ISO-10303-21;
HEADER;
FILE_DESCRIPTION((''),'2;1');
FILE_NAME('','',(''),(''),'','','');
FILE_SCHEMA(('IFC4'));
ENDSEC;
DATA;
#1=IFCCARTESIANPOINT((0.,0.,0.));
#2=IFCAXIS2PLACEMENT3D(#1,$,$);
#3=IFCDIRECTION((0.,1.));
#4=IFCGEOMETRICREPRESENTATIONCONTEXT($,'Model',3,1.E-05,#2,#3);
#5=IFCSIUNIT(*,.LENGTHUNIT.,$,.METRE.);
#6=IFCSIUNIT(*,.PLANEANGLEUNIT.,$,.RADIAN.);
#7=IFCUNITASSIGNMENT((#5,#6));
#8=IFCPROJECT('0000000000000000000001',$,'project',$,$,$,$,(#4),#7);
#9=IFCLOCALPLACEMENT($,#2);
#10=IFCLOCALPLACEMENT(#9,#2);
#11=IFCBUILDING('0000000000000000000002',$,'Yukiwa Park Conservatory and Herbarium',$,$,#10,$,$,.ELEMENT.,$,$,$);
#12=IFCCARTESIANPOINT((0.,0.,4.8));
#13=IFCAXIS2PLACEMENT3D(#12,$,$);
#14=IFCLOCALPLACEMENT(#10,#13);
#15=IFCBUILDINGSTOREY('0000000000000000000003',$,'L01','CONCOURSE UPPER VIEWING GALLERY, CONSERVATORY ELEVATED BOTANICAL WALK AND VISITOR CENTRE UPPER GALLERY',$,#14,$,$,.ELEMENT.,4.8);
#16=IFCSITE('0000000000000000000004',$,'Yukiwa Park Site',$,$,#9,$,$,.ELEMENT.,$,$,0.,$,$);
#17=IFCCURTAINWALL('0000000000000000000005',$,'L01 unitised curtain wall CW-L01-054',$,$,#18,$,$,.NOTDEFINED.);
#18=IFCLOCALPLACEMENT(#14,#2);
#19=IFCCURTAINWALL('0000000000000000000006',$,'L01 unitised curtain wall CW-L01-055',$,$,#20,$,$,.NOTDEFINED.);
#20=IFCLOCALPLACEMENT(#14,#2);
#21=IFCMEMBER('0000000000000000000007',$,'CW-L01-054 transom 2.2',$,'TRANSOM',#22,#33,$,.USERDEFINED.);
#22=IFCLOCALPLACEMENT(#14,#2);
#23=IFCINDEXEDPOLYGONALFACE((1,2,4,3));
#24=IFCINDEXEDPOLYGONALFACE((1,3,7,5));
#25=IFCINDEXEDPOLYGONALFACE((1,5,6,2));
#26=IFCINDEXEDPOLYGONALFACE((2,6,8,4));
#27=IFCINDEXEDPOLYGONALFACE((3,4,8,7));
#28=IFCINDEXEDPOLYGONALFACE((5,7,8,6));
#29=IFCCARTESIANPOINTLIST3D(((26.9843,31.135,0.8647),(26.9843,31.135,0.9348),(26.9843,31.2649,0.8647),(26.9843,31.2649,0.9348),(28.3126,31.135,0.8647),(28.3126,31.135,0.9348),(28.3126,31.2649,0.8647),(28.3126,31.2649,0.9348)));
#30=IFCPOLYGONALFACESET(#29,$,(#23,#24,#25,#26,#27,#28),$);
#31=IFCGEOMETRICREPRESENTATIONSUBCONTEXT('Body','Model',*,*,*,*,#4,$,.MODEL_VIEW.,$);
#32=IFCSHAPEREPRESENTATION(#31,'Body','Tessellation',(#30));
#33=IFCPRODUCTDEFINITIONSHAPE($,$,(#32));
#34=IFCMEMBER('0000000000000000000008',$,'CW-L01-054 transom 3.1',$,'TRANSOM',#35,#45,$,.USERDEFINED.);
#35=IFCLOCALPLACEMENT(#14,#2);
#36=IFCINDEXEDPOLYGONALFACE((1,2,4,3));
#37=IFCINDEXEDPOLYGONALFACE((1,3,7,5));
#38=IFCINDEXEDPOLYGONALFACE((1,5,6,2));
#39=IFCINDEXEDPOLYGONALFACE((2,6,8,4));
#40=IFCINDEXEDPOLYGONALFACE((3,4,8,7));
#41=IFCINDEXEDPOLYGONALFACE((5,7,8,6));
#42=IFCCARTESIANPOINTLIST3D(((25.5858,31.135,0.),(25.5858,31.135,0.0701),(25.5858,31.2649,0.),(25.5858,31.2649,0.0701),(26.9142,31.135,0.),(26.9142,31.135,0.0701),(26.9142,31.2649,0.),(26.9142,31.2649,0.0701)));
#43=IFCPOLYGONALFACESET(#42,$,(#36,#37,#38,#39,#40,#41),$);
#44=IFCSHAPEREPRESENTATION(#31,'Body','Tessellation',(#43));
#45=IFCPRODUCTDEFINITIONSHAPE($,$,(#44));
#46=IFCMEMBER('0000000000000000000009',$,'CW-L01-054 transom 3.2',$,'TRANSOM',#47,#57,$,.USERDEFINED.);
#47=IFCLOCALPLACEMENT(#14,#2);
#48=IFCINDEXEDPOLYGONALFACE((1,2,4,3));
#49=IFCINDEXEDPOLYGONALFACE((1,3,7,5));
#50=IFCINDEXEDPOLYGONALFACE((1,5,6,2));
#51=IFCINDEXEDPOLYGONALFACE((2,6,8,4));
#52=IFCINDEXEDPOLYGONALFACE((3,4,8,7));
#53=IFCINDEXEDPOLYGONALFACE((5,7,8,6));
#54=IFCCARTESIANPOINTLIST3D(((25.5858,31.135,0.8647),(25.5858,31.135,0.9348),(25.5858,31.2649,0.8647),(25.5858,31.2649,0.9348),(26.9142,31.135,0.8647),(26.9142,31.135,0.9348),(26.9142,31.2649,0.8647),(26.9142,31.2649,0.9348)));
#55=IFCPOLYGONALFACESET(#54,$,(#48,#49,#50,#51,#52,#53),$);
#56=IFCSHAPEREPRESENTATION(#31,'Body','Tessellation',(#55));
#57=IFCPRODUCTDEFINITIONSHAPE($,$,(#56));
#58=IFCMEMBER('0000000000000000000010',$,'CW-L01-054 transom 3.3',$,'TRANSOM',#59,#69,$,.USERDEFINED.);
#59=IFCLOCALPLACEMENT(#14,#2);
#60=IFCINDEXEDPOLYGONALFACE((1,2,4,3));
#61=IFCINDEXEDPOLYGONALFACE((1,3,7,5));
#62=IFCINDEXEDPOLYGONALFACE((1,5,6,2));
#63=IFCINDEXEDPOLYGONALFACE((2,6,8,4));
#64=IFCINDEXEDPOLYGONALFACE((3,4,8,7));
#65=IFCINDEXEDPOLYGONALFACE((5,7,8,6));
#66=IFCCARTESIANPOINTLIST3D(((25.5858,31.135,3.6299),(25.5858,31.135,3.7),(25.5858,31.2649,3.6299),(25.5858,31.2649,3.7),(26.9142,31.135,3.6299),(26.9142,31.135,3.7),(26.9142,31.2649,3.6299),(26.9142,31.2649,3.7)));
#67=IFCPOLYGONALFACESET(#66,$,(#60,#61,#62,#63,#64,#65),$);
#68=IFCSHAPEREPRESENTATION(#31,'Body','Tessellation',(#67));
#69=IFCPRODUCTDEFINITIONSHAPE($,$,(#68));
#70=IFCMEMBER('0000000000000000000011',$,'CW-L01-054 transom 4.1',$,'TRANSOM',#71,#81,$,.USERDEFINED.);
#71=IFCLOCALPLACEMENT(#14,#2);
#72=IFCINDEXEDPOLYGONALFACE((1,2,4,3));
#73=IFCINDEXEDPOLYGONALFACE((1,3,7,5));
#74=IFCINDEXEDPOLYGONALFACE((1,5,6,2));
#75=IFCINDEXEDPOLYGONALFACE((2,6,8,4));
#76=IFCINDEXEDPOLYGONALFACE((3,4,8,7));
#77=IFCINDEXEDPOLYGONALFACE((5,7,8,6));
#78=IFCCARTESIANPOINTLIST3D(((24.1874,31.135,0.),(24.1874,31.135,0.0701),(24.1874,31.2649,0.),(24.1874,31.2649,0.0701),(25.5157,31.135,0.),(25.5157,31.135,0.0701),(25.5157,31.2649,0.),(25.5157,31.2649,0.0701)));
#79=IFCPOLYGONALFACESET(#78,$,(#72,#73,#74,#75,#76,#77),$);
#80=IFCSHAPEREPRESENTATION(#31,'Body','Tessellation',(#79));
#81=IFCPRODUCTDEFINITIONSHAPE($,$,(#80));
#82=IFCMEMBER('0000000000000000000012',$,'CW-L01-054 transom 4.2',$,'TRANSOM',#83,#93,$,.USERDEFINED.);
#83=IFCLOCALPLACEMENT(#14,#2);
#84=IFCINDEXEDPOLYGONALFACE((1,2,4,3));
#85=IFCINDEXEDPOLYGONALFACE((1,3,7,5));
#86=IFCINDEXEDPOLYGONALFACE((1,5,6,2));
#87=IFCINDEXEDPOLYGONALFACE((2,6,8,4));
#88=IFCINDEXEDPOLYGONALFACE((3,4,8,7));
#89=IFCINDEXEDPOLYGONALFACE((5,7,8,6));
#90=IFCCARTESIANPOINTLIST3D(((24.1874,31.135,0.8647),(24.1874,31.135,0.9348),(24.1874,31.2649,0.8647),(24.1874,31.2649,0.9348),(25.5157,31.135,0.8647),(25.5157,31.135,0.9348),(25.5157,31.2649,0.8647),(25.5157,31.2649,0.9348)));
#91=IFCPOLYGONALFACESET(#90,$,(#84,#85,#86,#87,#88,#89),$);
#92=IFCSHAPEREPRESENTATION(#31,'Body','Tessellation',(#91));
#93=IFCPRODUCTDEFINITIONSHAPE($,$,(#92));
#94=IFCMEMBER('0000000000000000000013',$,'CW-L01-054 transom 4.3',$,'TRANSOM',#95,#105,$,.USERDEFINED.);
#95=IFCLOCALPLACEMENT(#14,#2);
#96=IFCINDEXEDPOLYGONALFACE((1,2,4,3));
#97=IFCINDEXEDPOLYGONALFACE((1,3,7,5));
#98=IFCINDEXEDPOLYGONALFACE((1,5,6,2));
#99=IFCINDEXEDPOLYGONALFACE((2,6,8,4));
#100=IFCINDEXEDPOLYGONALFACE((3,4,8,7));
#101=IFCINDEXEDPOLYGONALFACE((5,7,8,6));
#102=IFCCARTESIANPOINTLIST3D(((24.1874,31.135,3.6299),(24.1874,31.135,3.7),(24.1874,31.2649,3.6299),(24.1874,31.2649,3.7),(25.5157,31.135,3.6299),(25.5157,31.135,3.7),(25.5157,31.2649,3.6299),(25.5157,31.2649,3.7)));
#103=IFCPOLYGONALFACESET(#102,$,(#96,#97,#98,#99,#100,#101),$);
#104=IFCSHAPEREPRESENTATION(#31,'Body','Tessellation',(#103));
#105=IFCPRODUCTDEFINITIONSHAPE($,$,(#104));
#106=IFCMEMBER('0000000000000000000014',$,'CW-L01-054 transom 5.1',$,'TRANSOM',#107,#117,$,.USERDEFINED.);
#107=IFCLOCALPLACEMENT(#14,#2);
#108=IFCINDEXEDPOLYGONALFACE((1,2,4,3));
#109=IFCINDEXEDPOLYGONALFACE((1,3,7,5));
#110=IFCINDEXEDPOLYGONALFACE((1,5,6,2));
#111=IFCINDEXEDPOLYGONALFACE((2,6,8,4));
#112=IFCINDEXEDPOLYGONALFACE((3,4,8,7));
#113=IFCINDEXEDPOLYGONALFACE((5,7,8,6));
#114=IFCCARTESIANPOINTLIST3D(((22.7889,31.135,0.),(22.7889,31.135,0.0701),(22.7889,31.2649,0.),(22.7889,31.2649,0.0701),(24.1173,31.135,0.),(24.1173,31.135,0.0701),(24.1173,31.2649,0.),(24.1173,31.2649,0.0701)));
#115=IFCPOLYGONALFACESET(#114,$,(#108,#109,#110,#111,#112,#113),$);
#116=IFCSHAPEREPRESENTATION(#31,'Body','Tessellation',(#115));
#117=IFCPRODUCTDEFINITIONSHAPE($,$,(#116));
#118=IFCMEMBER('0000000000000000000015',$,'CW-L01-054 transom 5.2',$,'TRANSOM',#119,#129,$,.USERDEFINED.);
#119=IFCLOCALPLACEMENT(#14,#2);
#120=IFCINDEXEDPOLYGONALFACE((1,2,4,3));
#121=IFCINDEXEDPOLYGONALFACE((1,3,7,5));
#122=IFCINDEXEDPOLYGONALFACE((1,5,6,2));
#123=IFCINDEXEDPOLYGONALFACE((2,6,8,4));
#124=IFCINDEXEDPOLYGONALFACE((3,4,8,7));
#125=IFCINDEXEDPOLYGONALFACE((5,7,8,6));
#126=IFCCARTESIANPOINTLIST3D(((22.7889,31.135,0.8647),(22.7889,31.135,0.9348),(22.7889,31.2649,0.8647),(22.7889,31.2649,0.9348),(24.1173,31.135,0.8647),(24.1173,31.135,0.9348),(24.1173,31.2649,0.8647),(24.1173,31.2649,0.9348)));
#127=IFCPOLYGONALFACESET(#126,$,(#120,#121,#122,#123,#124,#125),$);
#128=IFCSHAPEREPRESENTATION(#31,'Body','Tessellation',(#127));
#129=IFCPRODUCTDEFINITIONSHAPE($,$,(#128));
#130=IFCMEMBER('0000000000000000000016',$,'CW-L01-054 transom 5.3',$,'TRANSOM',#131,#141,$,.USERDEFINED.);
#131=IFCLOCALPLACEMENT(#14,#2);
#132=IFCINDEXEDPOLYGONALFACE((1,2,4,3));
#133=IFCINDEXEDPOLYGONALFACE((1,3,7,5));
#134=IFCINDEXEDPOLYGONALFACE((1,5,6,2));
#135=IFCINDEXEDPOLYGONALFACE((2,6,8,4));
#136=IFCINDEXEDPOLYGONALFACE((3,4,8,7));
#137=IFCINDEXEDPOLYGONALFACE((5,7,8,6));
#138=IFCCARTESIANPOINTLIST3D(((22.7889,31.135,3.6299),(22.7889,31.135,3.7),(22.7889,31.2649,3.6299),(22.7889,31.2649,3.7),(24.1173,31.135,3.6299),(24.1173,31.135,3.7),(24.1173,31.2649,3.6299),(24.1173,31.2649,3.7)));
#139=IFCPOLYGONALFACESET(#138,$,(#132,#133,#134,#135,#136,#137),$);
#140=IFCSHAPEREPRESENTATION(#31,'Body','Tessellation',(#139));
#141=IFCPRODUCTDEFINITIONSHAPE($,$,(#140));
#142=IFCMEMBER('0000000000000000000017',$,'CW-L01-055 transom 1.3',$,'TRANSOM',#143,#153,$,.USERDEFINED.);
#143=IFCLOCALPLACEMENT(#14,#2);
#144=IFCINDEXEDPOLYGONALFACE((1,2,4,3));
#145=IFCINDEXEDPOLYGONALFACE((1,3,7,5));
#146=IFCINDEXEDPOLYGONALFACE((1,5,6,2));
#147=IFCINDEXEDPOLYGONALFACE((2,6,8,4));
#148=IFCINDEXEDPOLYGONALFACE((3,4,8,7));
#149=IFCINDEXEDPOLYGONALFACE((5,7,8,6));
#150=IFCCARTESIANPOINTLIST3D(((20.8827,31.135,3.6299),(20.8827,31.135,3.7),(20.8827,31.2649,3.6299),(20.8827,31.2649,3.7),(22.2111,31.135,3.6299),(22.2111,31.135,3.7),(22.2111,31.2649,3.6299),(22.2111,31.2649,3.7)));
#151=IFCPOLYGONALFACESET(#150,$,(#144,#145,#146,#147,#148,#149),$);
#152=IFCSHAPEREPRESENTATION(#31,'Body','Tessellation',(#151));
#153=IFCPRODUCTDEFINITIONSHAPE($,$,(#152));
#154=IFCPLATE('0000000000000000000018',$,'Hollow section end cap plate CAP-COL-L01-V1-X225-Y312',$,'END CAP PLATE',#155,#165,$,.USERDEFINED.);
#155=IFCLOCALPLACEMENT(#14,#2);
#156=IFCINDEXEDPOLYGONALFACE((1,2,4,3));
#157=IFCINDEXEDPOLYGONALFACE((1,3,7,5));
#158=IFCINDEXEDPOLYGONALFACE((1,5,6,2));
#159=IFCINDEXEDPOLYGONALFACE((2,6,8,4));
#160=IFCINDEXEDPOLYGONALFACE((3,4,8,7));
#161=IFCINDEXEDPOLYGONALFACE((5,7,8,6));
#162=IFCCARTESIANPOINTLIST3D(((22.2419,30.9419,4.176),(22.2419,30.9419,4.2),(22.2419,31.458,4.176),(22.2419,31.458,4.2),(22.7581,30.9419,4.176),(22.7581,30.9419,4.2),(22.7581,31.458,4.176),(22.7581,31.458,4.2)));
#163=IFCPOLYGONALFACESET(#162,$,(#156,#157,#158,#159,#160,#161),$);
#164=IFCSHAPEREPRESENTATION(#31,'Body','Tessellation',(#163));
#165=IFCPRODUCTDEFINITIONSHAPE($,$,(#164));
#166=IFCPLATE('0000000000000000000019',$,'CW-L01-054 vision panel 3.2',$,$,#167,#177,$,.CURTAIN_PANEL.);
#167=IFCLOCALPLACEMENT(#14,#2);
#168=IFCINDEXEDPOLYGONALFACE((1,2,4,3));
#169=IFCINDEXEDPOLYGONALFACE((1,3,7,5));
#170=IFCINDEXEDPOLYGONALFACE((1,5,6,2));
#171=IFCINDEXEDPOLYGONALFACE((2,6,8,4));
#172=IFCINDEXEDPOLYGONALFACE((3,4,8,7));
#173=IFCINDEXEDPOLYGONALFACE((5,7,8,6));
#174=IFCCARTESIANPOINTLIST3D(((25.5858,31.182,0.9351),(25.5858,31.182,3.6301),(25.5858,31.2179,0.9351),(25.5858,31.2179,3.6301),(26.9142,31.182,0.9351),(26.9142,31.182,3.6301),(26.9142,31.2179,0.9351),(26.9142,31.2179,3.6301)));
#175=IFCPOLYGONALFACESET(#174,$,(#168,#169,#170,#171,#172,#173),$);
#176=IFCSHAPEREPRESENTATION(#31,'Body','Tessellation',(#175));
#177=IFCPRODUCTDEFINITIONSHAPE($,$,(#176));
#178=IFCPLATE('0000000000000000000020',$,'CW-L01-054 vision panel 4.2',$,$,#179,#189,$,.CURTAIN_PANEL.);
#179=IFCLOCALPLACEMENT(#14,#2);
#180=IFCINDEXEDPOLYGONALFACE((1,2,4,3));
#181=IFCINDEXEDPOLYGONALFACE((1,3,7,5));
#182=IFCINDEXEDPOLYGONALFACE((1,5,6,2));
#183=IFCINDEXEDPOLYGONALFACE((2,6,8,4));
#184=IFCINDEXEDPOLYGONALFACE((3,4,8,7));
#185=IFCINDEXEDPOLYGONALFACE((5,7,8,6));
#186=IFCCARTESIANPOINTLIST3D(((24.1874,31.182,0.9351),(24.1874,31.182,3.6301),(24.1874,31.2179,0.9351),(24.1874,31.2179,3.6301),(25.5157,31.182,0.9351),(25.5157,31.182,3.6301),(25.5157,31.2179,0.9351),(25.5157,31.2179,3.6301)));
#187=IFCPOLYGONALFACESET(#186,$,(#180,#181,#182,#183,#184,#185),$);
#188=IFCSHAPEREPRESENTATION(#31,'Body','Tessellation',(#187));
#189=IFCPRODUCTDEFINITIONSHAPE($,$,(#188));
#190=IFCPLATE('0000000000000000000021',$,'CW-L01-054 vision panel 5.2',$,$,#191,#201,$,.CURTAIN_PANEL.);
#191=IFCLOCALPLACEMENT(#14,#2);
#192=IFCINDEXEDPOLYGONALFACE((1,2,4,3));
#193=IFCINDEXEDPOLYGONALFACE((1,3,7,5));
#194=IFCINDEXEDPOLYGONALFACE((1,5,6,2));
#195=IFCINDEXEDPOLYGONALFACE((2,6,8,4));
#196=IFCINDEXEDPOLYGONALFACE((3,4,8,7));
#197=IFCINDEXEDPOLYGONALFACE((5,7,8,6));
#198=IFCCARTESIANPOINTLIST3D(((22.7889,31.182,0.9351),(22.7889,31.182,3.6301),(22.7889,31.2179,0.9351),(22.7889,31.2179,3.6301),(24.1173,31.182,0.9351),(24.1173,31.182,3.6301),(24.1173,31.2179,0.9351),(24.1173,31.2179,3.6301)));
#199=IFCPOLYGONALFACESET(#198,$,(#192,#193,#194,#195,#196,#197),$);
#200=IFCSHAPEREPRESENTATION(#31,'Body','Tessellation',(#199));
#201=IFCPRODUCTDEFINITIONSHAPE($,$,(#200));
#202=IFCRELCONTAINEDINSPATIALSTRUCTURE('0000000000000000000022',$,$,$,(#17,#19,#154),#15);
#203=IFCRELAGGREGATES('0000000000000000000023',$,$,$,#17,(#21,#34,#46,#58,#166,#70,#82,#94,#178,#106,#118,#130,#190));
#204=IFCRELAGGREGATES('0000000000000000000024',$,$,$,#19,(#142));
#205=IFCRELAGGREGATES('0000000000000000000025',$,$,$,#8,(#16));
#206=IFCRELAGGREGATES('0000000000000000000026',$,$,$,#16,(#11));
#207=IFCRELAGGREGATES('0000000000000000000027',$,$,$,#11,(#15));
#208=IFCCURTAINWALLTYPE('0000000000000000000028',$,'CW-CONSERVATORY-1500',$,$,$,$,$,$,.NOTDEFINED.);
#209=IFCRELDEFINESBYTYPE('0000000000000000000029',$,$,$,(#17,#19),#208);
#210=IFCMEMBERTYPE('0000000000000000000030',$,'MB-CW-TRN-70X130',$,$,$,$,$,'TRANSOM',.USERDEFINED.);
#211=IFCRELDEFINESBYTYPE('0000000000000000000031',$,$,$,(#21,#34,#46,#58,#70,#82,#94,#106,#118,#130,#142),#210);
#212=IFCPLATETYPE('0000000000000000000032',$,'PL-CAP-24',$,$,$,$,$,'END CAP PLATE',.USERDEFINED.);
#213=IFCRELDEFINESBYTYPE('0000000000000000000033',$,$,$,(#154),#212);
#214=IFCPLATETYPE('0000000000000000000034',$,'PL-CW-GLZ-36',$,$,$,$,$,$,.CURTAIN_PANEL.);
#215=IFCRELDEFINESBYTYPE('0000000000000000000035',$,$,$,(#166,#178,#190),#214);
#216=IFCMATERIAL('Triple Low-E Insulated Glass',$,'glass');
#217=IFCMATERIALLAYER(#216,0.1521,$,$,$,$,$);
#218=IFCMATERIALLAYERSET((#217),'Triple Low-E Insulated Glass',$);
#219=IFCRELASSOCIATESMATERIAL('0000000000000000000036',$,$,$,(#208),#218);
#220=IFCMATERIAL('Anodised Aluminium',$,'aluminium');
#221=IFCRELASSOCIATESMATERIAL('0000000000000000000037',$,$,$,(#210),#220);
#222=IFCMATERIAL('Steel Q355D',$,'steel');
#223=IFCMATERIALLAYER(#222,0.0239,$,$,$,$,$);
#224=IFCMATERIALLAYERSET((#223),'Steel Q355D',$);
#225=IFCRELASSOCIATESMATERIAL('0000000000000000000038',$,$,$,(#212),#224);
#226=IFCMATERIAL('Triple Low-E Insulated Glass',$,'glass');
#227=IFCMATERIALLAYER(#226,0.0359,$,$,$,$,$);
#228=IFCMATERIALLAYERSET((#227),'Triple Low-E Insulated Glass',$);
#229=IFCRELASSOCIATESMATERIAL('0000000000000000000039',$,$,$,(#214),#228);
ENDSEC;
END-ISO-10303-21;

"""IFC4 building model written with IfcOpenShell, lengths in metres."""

from ifc_helpers import new_model, si_unit, direction, frame, origin, origin_2d, place, context, subcontext, project, spatial, rectangle, extrude, material, layer, layer_set, type_object, element, aggregate, save


model = new_model("IFC4")

# Units and contexts
model_context = context("Model", 3, precision=1e-05, world=origin(), true_north=direction((0.0, 1.0)))
body_context = subcontext(model_context, "Body", "Model", "MODEL_VIEW")
ifc_project = project(units=[si_unit("LENGTHUNIT", "METRE"), si_unit("PLANEANGLEUNIT", "RADIAN")], contexts=[model_context])

# Site, building, storey
site_placement = place(None, origin())
site = spatial("IfcSite", under=ifc_project, at=site_placement, Name="Yukiwa Park Site", CompositionType="ELEMENT", RefElevation=0.0)
building_placement = place(site_placement, origin())
building = spatial("IfcBuilding", under=site, at=building_placement, Name="Yukiwa Park Conservatory and Herbarium", CompositionType="ELEMENT")
storey_placement = place(building_placement, frame((0.0, 0.0, 4.8)))
storey = spatial("IfcBuildingStorey", under=building, at=storey_placement, Name="L01", Description="CONCOURSE UPPER VIEWING GALLERY, CONSERVATORY ELEVATED BOTANICAL WALK AND VISITOR CENTRE UPPER GALLERY", CompositionType="ELEMENT", Elevation=4.8)

# Curtain wall
ifc_material_1 = material(Name="Triple Low-E Insulated Glass", Category="glass")
ifc_layer_1 = layer(ifc_material_1, 0.1521)
ifc_layer_set_1 = layer_set([ifc_layer_1], Name="Triple Low-E Insulated Glass")
curtain_wall_type = type_object("IfcCurtainWallType", Name="CW-CONSERVATORY-1500", PredefinedType="NOTDEFINED", material=ifc_layer_set_1)
curtain_wall_1_placement = place(storey_placement, origin())
curtain_wall_1 = element("IfcCurtainWall", 1, at=curtain_wall_1_placement, inside=storey, type_object=curtain_wall_type, Name="L01 unitised curtain wall CW-L01-054", PredefinedType="NOTDEFINED")

# Curtain wall
curtain_wall_2_placement = place(storey_placement, origin())
curtain_wall_2 = element("IfcCurtainWall", 2, at=curtain_wall_2_placement, inside=storey, type_object=curtain_wall_type, Name="L01 unitised curtain wall CW-L01-055", PredefinedType="NOTDEFINED")

# Members
ifc_material_2 = material(Name="Anodised Aluminium", Category="aluminium")
member_type_1 = type_object("IfcMemberType", Name="MB-CW-TRN-70X130", ElementType="TRANSOM", PredefinedType="USERDEFINED", material=ifc_material_2)
member_1_placement = place(storey_placement, frame((27.6484, 31.2, 0.8647), z_axis=(0.0, 0.0, 1.0), x_axis=(-1.0, 0.0, 0.0)))
member_1 = element("IfcMember", 3, at=member_1_placement, type_object=member_type_1, Name="CW-L01-054 transom 2.2", ObjectType="TRANSOM", PredefinedType="USERDEFINED", context=body_context, shape_type="SweptSolid", body=[
    extrude(rectangle(XDim=1.3284, YDim=0.1299, at=origin_2d()), origin(), (0.0, 0.0, 1.0), 0.0701),
])
member_2_placement = place(storey_placement, frame((26.25, 31.2, 0.0), z_axis=(0.0, 0.0, 1.0), x_axis=(-1.0, 0.0, 0.0)))
member_2 = element("IfcMember", 4, at=member_2_placement, type_object=member_type_1, Name="CW-L01-054 transom 3.1", ObjectType="TRANSOM", PredefinedType="USERDEFINED", context=body_context, shape_type="SweptSolid", body=[
    extrude(rectangle(XDim=1.3284, YDim=0.1299, at=origin_2d()), origin(), (0.0, 0.0, 1.0), 0.0701),
])
member_3_placement = place(storey_placement, frame((26.25, 31.2, 0.8647), z_axis=(0.0, 0.0, 1.0), x_axis=(-1.0, 0.0, 0.0)))
member_3 = element("IfcMember", 5, at=member_3_placement, type_object=member_type_1, Name="CW-L01-054 transom 3.2", ObjectType="TRANSOM", PredefinedType="USERDEFINED", context=body_context, shape_type="SweptSolid", body=[
    extrude(rectangle(XDim=1.3284, YDim=0.1299, at=origin_2d()), origin(), (0.0, 0.0, 1.0), 0.0701),
])
member_4_placement = place(storey_placement, frame((26.25, 31.2, 3.6299), z_axis=(0.0, 0.0, 1.0), x_axis=(-1.0, 0.0, 0.0)))
member_4 = element("IfcMember", 6, at=member_4_placement, type_object=member_type_1, Name="CW-L01-054 transom 3.3", ObjectType="TRANSOM", PredefinedType="USERDEFINED", context=body_context, shape_type="SweptSolid", body=[
    extrude(rectangle(XDim=1.3284, YDim=0.1299, at=origin_2d()), origin(), (0.0, 0.0, 1.0), 0.0701),
])
member_5_placement = place(storey_placement, frame((24.8516, 31.2, 0.0), z_axis=(0.0, 0.0, 1.0), x_axis=(-1.0, 0.0, 0.0)))
member_5 = element("IfcMember", 7, at=member_5_placement, type_object=member_type_1, Name="CW-L01-054 transom 4.1", ObjectType="TRANSOM", PredefinedType="USERDEFINED", context=body_context, shape_type="SweptSolid", body=[
    extrude(rectangle(XDim=1.3284, YDim=0.1299, at=origin_2d()), origin(), (0.0, 0.0, 1.0), 0.0701),
])
member_6_placement = place(storey_placement, frame((24.8516, 31.2, 0.8647), z_axis=(0.0, 0.0, 1.0), x_axis=(-1.0, 0.0, 0.0)))
member_6 = element("IfcMember", 8, at=member_6_placement, type_object=member_type_1, Name="CW-L01-054 transom 4.2", ObjectType="TRANSOM", PredefinedType="USERDEFINED", context=body_context, shape_type="SweptSolid", body=[
    extrude(rectangle(XDim=1.3284, YDim=0.1299, at=origin_2d()), origin(), (0.0, 0.0, 1.0), 0.0701),
])
member_7_placement = place(storey_placement, frame((24.8516, 31.2, 3.6299), z_axis=(0.0, 0.0, 1.0), x_axis=(-1.0, 0.0, 0.0)))
member_7 = element("IfcMember", 9, at=member_7_placement, type_object=member_type_1, Name="CW-L01-054 transom 4.3", ObjectType="TRANSOM", PredefinedType="USERDEFINED", context=body_context, shape_type="SweptSolid", body=[
    extrude(rectangle(XDim=1.3284, YDim=0.1299, at=origin_2d()), origin(), (0.0, 0.0, 1.0), 0.0701),
])
member_8_placement = place(storey_placement, frame((23.4531, 31.2, 0.0), z_axis=(0.0, 0.0, 1.0), x_axis=(-1.0, 0.0, 0.0)))
member_8 = element("IfcMember", 10, at=member_8_placement, type_object=member_type_1, Name="CW-L01-054 transom 5.1", ObjectType="TRANSOM", PredefinedType="USERDEFINED", context=body_context, shape_type="SweptSolid", body=[
    extrude(rectangle(XDim=1.3284, YDim=0.1299, at=origin_2d()), origin(), (0.0, 0.0, 1.0), 0.0701),
])
member_9_placement = place(storey_placement, frame((23.4531, 31.2, 0.8647), z_axis=(0.0, 0.0, 1.0), x_axis=(-1.0, 0.0, 0.0)))
member_9 = element("IfcMember", 11, at=member_9_placement, type_object=member_type_1, Name="CW-L01-054 transom 5.2", ObjectType="TRANSOM", PredefinedType="USERDEFINED", context=body_context, shape_type="SweptSolid", body=[
    extrude(rectangle(XDim=1.3284, YDim=0.1299, at=origin_2d()), origin(), (0.0, 0.0, 1.0), 0.0701),
])
member_10_placement = place(storey_placement, frame((23.4531, 31.2, 3.6299), z_axis=(0.0, 0.0, 1.0), x_axis=(-1.0, 0.0, 0.0)))
member_10 = element("IfcMember", 12, at=member_10_placement, type_object=member_type_1, Name="CW-L01-054 transom 5.3", ObjectType="TRANSOM", PredefinedType="USERDEFINED", context=body_context, shape_type="SweptSolid", body=[
    extrude(rectangle(XDim=1.3284, YDim=0.1299, at=origin_2d()), origin(), (0.0, 0.0, 1.0), 0.0701),
])
member_11_placement = place(storey_placement, frame((21.5469, 31.2, 3.6299), z_axis=(0.0, 0.0, 1.0), x_axis=(-1.0, 0.0, 0.0)))
member_11 = element("IfcMember", 13, at=member_11_placement, type_object=member_type_1, Name="CW-L01-055 transom 1.3", ObjectType="TRANSOM", PredefinedType="USERDEFINED", context=body_context, shape_type="SweptSolid", body=[
    extrude(rectangle(XDim=1.3284, YDim=0.1299, at=origin_2d()), origin(), (0.0, 0.0, 1.0), 0.0701),
])

# Plates
ifc_material_3 = material(Name="Steel Q355D", Category="steel")
ifc_layer_2 = layer(ifc_material_3, 0.0239)
ifc_layer_set_2 = layer_set([ifc_layer_2], Name="Steel Q355D")
plate_type_1 = type_object("IfcPlateType", Name="PL-CAP-24", ElementType="END CAP PLATE", PredefinedType="USERDEFINED", material=ifc_layer_set_2)
plate_1_placement = place(storey_placement, frame((22.5, 31.2, 4.176), z_axis=(0.0, 0.0, 1.0), x_axis=(1.0, 0.0, 0.0)))
element("IfcPlate", 14, at=plate_1_placement, inside=storey, type_object=plate_type_1, Name="Hollow section end cap plate CAP-COL-L01-V1-X225-Y312", ObjectType="END CAP PLATE", PredefinedType="USERDEFINED", context=body_context, shape_type="SweptSolid", body=[
    extrude(rectangle(XDim=0.5161, YDim=0.5161, at=origin_2d()), origin(), (0.0, 0.0, 1.0), 0.0239),
])
ifc_material_4 = material(Name="Triple Low-E Insulated Glass", Category="glass")
ifc_layer_3 = layer(ifc_material_4, 0.0359)
ifc_layer_set_3 = layer_set([ifc_layer_3], Name="Triple Low-E Insulated Glass")
plate_type_2 = type_object("IfcPlateType", Name="PL-CW-GLZ-36", PredefinedType="CURTAIN_PANEL", material=ifc_layer_set_3)
plate_2_placement = place(storey_placement, frame((26.25, 31.2, 0.9351), z_axis=(0.0, 0.0, 1.0), x_axis=(-1.0, 0.0, 0.0)))
plate_2 = element("IfcPlate", 15, at=plate_2_placement, type_object=plate_type_2, Name="CW-L01-054 vision panel 3.2", PredefinedType="CURTAIN_PANEL", context=body_context, shape_type="SweptSolid", body=[
    extrude(rectangle(XDim=1.3284, YDim=0.0359, at=origin_2d()), origin(), (0.0, 0.0, 1.0), 2.6951),
])
plate_3_placement = place(storey_placement, frame((24.8516, 31.2, 0.9351), z_axis=(0.0, 0.0, 1.0), x_axis=(-1.0, 0.0, 0.0)))
plate_3 = element("IfcPlate", 16, at=plate_3_placement, type_object=plate_type_2, Name="CW-L01-054 vision panel 4.2", PredefinedType="CURTAIN_PANEL", context=body_context, shape_type="SweptSolid", body=[
    extrude(rectangle(XDim=1.3284, YDim=0.0359, at=origin_2d()), origin(), (0.0, 0.0, 1.0), 2.6951),
])
plate_4_placement = place(storey_placement, frame((23.4531, 31.2, 0.9351), z_axis=(0.0, 0.0, 1.0), x_axis=(-1.0, 0.0, 0.0)))
plate_4 = element("IfcPlate", 17, at=plate_4_placement, type_object=plate_type_2, Name="CW-L01-054 vision panel 5.2", PredefinedType="CURTAIN_PANEL", context=body_context, shape_type="SweptSolid", body=[
    extrude(rectangle(XDim=1.3284, YDim=0.0359, at=origin_2d()), origin(), (0.0, 0.0, 1.0), 2.6951),
])
aggregate(curtain_wall_1, [member_1, member_2, member_3, member_4, plate_2, member_5, member_6, member_7, plate_3, member_8, member_9, member_10, plate_4])
aggregate(curtain_wall_2, [member_11])

save(model, "model.ifc")
